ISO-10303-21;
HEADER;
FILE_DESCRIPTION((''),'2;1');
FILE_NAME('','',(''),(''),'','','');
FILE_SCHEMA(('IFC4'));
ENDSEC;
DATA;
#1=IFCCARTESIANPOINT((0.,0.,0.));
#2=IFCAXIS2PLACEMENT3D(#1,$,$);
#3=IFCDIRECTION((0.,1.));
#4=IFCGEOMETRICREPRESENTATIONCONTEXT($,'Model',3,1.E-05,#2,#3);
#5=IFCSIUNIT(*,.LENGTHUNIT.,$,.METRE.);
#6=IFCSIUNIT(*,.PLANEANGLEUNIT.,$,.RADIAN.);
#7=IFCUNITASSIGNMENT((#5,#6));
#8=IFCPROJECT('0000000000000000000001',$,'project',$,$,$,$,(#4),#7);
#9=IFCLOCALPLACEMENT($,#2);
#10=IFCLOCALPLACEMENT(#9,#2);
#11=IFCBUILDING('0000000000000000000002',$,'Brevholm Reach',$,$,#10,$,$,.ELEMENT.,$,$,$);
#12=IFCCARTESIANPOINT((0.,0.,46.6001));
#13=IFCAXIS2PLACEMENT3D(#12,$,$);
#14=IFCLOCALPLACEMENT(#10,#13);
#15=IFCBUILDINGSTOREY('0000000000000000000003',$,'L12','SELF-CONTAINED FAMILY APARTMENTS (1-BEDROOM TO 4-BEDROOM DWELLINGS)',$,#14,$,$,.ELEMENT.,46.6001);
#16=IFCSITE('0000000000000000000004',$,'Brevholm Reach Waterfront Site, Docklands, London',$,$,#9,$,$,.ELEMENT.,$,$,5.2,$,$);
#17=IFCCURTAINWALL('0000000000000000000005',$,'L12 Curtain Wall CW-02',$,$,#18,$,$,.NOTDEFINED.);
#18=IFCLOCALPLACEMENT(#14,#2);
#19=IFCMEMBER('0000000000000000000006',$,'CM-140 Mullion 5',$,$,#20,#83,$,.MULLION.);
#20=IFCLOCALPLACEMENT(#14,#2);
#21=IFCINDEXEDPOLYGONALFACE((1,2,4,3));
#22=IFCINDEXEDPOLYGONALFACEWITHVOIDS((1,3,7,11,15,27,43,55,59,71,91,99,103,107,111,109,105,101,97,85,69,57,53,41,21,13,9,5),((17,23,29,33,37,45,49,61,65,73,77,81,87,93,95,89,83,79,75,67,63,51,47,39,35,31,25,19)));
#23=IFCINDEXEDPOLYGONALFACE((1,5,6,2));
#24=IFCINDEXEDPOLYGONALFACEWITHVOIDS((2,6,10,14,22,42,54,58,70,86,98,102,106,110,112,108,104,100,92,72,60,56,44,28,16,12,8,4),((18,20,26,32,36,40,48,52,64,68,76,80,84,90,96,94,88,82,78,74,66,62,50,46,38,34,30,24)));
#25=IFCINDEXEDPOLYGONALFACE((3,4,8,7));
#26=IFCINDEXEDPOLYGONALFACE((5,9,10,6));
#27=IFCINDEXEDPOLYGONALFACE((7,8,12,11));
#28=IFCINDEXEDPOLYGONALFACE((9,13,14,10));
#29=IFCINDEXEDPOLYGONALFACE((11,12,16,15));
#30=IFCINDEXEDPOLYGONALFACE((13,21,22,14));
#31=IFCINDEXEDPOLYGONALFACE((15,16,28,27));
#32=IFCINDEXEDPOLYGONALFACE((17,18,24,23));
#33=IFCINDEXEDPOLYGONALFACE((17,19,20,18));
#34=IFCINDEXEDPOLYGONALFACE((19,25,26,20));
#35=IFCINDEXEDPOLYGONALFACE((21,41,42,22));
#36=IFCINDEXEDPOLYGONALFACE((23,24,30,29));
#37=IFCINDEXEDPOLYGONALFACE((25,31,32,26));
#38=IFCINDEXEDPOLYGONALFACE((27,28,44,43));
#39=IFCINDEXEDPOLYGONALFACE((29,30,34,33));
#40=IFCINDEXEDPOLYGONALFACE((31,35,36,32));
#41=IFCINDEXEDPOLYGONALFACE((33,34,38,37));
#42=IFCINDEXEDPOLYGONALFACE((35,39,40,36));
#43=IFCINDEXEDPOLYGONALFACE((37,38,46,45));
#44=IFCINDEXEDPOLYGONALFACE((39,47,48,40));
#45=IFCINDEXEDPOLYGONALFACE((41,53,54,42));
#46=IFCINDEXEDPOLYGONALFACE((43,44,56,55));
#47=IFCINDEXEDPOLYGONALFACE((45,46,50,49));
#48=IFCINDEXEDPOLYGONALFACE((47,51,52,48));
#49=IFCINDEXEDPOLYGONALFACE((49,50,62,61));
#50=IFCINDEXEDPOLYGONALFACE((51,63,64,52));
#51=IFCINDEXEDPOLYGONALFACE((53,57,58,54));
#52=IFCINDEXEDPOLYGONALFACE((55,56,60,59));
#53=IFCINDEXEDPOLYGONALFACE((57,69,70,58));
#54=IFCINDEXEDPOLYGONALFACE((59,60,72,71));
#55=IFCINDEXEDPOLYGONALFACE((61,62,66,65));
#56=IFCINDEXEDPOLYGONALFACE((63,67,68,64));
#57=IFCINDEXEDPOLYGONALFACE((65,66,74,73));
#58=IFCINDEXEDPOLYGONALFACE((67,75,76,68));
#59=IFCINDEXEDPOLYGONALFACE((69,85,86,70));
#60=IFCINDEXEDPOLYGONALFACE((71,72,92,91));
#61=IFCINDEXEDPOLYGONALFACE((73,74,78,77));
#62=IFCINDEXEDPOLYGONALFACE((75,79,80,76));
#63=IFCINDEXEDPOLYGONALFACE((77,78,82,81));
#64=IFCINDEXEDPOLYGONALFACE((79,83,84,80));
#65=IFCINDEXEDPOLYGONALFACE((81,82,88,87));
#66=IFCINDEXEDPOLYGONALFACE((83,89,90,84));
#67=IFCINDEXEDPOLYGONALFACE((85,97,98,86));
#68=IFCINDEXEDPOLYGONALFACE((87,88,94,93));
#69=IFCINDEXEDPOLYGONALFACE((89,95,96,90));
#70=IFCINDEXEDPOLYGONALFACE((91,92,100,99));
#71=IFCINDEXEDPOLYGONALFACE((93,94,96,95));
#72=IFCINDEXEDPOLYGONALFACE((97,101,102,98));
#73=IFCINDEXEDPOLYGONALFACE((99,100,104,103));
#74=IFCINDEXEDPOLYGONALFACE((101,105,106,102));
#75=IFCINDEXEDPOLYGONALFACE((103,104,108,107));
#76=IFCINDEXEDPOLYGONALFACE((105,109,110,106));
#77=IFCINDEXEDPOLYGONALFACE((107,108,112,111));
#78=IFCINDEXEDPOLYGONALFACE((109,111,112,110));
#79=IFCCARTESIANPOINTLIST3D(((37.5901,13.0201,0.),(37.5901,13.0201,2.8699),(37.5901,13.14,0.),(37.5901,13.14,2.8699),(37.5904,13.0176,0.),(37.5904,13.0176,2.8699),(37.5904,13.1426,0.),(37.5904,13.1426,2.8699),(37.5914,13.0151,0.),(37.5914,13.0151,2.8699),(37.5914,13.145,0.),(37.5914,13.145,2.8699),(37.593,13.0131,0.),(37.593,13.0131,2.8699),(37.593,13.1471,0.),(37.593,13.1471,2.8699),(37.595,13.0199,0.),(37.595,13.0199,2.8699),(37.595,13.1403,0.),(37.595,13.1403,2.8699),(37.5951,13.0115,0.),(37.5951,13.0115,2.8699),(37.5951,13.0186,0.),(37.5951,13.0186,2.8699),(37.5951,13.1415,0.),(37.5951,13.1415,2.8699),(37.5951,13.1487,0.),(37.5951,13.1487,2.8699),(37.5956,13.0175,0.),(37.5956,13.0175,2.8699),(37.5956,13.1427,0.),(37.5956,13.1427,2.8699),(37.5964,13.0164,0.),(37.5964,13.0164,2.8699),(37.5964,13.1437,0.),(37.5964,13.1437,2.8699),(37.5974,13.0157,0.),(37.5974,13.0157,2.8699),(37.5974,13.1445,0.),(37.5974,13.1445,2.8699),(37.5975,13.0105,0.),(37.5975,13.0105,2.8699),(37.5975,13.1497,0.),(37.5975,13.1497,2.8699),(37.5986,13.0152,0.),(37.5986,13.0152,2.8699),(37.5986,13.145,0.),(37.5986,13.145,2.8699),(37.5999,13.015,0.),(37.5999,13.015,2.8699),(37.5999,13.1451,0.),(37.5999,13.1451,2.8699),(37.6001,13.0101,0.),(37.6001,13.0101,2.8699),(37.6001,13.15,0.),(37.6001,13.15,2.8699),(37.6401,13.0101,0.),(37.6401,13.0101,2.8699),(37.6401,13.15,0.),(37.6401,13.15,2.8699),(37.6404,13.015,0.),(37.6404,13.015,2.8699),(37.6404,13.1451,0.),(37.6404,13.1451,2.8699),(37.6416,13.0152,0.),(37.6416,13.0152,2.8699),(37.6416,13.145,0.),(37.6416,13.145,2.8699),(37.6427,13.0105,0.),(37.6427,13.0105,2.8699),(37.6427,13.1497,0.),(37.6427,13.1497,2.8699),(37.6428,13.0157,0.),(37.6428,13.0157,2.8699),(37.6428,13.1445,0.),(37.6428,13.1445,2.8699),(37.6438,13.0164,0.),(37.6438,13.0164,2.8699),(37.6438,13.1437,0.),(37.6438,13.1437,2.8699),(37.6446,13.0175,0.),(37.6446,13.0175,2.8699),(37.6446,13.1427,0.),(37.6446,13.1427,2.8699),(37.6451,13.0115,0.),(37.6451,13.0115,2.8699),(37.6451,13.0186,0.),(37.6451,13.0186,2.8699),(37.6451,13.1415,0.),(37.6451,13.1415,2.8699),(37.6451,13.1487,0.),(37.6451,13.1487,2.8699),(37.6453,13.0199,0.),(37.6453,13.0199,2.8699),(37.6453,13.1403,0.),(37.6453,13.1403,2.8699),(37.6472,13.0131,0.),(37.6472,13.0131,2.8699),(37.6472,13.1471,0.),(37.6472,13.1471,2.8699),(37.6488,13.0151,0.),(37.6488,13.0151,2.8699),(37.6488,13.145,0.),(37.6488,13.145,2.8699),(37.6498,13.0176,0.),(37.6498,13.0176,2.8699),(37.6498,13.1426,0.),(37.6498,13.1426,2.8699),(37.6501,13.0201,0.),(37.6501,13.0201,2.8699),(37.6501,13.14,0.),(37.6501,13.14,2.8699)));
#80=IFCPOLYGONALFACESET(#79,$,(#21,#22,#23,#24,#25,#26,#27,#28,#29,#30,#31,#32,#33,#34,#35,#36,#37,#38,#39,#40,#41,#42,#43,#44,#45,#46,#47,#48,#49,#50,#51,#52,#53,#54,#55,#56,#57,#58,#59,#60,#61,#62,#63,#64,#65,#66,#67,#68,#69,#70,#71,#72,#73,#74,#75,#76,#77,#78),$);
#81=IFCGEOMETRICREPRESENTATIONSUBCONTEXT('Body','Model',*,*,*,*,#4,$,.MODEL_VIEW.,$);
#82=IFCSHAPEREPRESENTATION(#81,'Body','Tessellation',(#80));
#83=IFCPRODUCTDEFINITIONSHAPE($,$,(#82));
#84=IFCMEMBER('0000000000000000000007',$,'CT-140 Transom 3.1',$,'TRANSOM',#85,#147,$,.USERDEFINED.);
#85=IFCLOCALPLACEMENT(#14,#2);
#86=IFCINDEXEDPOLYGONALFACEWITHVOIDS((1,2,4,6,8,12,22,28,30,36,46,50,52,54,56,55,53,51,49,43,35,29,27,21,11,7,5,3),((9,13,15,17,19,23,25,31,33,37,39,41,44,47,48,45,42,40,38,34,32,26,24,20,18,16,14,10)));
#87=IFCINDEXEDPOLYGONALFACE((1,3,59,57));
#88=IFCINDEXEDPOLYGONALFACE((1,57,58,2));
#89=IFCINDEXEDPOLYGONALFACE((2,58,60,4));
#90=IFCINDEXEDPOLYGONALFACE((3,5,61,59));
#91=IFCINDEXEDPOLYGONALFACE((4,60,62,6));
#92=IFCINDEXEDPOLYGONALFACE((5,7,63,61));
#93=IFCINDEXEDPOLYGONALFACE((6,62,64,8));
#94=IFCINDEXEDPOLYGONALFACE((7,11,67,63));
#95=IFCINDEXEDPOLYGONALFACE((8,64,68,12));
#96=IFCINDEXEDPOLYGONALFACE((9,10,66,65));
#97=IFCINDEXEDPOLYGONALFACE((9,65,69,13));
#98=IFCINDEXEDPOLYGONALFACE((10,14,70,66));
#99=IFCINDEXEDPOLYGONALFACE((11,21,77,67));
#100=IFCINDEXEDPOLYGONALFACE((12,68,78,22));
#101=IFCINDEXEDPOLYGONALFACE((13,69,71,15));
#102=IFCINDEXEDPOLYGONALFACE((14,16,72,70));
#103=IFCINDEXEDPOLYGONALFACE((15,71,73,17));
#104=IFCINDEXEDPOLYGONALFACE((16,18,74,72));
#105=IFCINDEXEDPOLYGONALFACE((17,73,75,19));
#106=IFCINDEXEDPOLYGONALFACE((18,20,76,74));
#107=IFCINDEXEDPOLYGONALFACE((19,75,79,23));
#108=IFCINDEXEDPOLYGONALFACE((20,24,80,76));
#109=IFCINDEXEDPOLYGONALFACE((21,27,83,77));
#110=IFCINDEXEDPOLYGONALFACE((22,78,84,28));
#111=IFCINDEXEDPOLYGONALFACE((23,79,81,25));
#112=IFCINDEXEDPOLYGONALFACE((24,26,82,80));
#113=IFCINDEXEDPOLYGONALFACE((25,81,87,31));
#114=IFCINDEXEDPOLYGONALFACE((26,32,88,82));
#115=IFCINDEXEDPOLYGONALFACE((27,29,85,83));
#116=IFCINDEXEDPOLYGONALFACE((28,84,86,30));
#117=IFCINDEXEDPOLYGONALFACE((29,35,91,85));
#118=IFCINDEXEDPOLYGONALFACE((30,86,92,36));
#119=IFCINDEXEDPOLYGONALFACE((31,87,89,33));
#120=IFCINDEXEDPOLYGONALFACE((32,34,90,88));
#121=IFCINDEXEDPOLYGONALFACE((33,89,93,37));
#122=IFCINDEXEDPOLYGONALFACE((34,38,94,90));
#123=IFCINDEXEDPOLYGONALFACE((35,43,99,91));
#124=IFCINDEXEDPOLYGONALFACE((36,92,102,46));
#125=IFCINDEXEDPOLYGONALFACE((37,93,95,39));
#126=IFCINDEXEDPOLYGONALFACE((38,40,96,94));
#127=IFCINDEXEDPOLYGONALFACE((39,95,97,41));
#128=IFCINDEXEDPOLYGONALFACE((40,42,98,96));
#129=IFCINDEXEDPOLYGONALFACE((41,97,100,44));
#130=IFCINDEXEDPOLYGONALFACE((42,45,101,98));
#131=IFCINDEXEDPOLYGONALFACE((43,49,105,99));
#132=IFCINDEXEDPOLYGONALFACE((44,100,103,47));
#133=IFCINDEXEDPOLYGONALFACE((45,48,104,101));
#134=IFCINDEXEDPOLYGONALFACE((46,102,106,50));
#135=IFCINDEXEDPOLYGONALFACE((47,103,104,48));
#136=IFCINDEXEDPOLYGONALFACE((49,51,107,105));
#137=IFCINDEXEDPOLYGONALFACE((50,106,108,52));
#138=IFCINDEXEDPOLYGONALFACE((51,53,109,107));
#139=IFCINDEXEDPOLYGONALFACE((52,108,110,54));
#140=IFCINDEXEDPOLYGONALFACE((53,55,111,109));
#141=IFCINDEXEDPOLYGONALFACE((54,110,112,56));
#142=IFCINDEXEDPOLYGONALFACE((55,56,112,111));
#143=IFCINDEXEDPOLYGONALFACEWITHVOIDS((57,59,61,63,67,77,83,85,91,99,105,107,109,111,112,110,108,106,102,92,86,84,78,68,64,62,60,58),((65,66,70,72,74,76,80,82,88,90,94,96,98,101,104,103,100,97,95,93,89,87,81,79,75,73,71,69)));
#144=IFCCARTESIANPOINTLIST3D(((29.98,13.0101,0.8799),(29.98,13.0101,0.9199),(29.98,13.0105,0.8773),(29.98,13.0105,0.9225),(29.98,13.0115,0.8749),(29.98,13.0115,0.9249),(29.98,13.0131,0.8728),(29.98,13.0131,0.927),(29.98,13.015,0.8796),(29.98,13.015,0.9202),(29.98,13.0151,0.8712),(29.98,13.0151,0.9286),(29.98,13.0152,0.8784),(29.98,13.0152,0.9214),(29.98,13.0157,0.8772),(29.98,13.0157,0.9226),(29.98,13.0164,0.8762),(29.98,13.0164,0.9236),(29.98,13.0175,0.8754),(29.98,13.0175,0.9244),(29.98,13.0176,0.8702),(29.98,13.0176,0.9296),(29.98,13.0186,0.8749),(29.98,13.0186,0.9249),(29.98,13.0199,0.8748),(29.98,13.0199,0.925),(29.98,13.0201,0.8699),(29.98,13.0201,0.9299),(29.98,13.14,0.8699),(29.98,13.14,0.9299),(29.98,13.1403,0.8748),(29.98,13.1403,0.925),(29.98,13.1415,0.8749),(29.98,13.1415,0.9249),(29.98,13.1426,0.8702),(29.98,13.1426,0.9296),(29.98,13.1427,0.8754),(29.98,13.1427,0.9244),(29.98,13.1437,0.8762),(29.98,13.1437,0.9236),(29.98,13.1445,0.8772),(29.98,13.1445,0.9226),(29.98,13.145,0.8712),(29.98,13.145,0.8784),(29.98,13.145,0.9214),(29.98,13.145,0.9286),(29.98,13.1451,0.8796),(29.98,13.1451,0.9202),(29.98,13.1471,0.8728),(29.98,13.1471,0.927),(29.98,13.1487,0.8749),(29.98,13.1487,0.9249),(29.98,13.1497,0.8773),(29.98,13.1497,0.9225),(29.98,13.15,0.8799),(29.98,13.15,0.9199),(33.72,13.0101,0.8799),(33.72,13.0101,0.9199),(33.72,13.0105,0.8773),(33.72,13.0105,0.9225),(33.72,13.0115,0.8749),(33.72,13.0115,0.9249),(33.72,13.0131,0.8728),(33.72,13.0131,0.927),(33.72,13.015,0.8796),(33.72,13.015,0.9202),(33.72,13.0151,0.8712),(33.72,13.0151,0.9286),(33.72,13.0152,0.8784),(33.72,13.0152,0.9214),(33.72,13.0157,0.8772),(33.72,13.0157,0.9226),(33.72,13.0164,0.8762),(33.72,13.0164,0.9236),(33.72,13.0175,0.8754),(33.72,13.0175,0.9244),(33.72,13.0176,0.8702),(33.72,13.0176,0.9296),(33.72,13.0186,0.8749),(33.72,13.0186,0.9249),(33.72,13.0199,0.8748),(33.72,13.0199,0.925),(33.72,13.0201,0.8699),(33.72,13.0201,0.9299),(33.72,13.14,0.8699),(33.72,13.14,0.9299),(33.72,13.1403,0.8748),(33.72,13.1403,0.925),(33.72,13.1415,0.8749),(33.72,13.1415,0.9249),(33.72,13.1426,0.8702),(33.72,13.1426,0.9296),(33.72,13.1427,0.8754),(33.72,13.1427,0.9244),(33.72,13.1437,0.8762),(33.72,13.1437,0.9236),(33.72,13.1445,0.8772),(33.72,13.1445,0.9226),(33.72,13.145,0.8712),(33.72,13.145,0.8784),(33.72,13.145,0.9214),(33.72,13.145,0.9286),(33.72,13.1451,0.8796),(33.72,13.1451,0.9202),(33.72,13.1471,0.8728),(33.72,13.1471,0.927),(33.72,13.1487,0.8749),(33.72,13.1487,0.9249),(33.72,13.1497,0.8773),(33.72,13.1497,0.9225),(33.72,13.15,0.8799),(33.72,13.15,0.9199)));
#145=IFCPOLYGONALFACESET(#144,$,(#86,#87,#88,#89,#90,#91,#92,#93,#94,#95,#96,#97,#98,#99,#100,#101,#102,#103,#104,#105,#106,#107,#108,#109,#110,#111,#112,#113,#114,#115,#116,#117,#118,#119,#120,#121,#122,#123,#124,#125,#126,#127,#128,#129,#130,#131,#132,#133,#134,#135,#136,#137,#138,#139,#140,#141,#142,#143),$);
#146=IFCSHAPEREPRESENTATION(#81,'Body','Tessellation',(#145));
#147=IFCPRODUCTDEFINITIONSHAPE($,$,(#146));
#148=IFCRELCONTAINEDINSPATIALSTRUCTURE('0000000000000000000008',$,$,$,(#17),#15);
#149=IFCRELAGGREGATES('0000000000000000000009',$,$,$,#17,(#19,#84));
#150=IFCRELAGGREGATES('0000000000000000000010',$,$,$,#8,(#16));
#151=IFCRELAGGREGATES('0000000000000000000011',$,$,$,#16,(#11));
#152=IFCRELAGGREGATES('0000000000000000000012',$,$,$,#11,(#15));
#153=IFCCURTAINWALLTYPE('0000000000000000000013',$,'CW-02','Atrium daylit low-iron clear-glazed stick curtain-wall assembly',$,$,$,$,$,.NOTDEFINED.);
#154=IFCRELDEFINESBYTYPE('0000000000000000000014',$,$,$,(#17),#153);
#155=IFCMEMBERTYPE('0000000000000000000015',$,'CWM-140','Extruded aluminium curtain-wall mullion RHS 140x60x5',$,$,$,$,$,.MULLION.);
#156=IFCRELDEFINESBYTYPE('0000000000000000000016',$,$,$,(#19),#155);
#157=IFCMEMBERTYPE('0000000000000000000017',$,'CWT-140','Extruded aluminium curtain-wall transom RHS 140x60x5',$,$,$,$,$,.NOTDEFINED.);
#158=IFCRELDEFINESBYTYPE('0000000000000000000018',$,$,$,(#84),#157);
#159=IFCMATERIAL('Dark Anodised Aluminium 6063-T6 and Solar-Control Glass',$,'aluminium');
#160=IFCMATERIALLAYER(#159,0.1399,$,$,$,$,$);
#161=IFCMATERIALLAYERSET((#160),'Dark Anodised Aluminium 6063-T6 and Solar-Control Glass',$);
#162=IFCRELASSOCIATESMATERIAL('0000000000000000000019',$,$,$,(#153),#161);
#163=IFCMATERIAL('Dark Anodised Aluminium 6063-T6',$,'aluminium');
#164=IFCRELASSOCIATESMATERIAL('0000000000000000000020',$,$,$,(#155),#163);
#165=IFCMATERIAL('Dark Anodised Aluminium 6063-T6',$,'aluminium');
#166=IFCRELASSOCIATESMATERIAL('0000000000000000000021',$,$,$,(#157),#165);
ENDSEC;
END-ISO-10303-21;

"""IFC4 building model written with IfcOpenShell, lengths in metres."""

from ifc_helpers import new_model, si_unit, direction, frame, origin, origin_2d, place, context, subcontext, project, spatial, hollow_rectangle, extrude, material, layer, layer_set, material_profile, profile_set, type_object, element, aggregate, save


model = new_model("IFC4")

# Units and contexts
model_context = context("Model", 3, precision=1e-05, world=origin(), true_north=direction((0.0, 1.0)))
body_context = subcontext(model_context, "Body", "Model", "MODEL_VIEW")
ifc_project = project(units=[si_unit("LENGTHUNIT", "METRE"), si_unit("PLANEANGLEUNIT", "RADIAN")], contexts=[model_context])

# Site, building, storey
site_placement = place(None, origin())
site = spatial("IfcSite", under=ifc_project, at=site_placement, Name="Brevholm Reach Waterfront Site, Docklands, London", CompositionType="ELEMENT", RefElevation=5.2)
building_placement = place(site_placement, origin())
building = spatial("IfcBuilding", under=site, at=building_placement, Name="Brevholm Reach", CompositionType="ELEMENT")
storey_placement = place(building_placement, frame((0.0, 0.0, 46.6001)))
storey = spatial("IfcBuildingStorey", under=building, at=storey_placement, Name="L12", Description="SELF-CONTAINED FAMILY APARTMENTS (1-BEDROOM TO 4-BEDROOM DWELLINGS)", CompositionType="ELEMENT", Elevation=46.6001)

# Curtain wall, members
ifc_material_1 = material(Name="Dark Anodised Aluminium 6063-T6 and Solar-Control Glass", Category="aluminium")
ifc_layer_1 = layer(ifc_material_1, 0.1399)
ifc_layer_set_1 = layer_set([ifc_layer_1], Name="Dark Anodised Aluminium 6063-T6 and Solar-Control Glass")
curtain_wall_type = type_object("IfcCurtainWallType", Name="CW-02", Description="Atrium daylit low-iron clear-glazed stick curtain-wall assembly", PredefinedType="NOTDEFINED", material=ifc_layer_set_1)
curtain_wall_placement = place(storey_placement, origin())
curtain_wall = element("IfcCurtainWall", 1, at=curtain_wall_placement, inside=storey, type_object=curtain_wall_type, Name="L12 Curtain Wall CW-02", PredefinedType="NOTDEFINED")
ifc_material_2 = material(Name="Dark Anodised Aluminium 6063-T6", Category="aluminium")
ifc_material_profile_1 = material_profile(ifc_material_2, hollow_rectangle(XDim=0.0601, YDim=0.1399, WallThickness=0.0049, InnerFilletRadius=0.0049, OuterFilletRadius=0.01, at=origin_2d()), Name="RHS 140x60x5")
ifc_profile_set_1 = profile_set([ifc_material_profile_1], Name="Dark Anodised Aluminium 6063-T6")
member_type_1 = type_object("IfcMemberType", Name="CWM-140", Description="Extruded aluminium curtain-wall mullion RHS 140x60x5", PredefinedType="MULLION", material=ifc_profile_set_1)
member_1_placement = place(storey_placement, frame((37.6201, 13.0801, 0.0), z_axis=(0.0, 0.0, 1.0), x_axis=(1.0, 0.0, 0.0)))
member_1 = element("IfcMember", 2, at=member_1_placement, type_object=member_type_1, Name="CM-140 Mullion 5", PredefinedType="MULLION", context=body_context, shape_type="SweptSolid", body=[
    extrude(hollow_rectangle(XDim=0.0601, YDim=0.1399, WallThickness=0.0049, InnerFilletRadius=0.0049, OuterFilletRadius=0.01, at=origin_2d()), origin(), (0.0, 0.0, 1.0), 2.8699),
])
ifc_material_3 = material(Name="Dark Anodised Aluminium 6063-T6", Category="aluminium")
ifc_material_profile_2 = material_profile(ifc_material_3, hollow_rectangle(XDim=0.0601, YDim=0.1399, WallThickness=0.0049, InnerFilletRadius=0.0049, OuterFilletRadius=0.01, at=origin_2d()), Name="RHS 140x60x5")
ifc_profile_set_2 = profile_set([ifc_material_profile_2], Name="Dark Anodised Aluminium 6063-T6")
member_type_2 = type_object("IfcMemberType", Name="CWT-140", Description="Extruded aluminium curtain-wall transom RHS 140x60x5", PredefinedType="NOTDEFINED", material=ifc_profile_set_2)
member_2_placement = place(storey_placement, frame((29.98, 13.0801, 0.8999), z_axis=(1.0, 0.0, 0.0), x_axis=(0.0, 0.0, 1.0)))
member_2 = element("IfcMember", 3, at=member_2_placement, type_object=member_type_2, Name="CT-140 Transom 3.1", ObjectType="TRANSOM", PredefinedType="USERDEFINED", context=body_context, shape_type="SweptSolid", body=[
    extrude(hollow_rectangle(XDim=0.0601, YDim=0.1399, WallThickness=0.0049, InnerFilletRadius=0.0049, OuterFilletRadius=0.01, at=origin_2d()), origin(), (0.0, 0.0, 1.0), 3.74),
])
aggregate(curtain_wall, [member_1, member_2])

save(model, "model.ifc")
